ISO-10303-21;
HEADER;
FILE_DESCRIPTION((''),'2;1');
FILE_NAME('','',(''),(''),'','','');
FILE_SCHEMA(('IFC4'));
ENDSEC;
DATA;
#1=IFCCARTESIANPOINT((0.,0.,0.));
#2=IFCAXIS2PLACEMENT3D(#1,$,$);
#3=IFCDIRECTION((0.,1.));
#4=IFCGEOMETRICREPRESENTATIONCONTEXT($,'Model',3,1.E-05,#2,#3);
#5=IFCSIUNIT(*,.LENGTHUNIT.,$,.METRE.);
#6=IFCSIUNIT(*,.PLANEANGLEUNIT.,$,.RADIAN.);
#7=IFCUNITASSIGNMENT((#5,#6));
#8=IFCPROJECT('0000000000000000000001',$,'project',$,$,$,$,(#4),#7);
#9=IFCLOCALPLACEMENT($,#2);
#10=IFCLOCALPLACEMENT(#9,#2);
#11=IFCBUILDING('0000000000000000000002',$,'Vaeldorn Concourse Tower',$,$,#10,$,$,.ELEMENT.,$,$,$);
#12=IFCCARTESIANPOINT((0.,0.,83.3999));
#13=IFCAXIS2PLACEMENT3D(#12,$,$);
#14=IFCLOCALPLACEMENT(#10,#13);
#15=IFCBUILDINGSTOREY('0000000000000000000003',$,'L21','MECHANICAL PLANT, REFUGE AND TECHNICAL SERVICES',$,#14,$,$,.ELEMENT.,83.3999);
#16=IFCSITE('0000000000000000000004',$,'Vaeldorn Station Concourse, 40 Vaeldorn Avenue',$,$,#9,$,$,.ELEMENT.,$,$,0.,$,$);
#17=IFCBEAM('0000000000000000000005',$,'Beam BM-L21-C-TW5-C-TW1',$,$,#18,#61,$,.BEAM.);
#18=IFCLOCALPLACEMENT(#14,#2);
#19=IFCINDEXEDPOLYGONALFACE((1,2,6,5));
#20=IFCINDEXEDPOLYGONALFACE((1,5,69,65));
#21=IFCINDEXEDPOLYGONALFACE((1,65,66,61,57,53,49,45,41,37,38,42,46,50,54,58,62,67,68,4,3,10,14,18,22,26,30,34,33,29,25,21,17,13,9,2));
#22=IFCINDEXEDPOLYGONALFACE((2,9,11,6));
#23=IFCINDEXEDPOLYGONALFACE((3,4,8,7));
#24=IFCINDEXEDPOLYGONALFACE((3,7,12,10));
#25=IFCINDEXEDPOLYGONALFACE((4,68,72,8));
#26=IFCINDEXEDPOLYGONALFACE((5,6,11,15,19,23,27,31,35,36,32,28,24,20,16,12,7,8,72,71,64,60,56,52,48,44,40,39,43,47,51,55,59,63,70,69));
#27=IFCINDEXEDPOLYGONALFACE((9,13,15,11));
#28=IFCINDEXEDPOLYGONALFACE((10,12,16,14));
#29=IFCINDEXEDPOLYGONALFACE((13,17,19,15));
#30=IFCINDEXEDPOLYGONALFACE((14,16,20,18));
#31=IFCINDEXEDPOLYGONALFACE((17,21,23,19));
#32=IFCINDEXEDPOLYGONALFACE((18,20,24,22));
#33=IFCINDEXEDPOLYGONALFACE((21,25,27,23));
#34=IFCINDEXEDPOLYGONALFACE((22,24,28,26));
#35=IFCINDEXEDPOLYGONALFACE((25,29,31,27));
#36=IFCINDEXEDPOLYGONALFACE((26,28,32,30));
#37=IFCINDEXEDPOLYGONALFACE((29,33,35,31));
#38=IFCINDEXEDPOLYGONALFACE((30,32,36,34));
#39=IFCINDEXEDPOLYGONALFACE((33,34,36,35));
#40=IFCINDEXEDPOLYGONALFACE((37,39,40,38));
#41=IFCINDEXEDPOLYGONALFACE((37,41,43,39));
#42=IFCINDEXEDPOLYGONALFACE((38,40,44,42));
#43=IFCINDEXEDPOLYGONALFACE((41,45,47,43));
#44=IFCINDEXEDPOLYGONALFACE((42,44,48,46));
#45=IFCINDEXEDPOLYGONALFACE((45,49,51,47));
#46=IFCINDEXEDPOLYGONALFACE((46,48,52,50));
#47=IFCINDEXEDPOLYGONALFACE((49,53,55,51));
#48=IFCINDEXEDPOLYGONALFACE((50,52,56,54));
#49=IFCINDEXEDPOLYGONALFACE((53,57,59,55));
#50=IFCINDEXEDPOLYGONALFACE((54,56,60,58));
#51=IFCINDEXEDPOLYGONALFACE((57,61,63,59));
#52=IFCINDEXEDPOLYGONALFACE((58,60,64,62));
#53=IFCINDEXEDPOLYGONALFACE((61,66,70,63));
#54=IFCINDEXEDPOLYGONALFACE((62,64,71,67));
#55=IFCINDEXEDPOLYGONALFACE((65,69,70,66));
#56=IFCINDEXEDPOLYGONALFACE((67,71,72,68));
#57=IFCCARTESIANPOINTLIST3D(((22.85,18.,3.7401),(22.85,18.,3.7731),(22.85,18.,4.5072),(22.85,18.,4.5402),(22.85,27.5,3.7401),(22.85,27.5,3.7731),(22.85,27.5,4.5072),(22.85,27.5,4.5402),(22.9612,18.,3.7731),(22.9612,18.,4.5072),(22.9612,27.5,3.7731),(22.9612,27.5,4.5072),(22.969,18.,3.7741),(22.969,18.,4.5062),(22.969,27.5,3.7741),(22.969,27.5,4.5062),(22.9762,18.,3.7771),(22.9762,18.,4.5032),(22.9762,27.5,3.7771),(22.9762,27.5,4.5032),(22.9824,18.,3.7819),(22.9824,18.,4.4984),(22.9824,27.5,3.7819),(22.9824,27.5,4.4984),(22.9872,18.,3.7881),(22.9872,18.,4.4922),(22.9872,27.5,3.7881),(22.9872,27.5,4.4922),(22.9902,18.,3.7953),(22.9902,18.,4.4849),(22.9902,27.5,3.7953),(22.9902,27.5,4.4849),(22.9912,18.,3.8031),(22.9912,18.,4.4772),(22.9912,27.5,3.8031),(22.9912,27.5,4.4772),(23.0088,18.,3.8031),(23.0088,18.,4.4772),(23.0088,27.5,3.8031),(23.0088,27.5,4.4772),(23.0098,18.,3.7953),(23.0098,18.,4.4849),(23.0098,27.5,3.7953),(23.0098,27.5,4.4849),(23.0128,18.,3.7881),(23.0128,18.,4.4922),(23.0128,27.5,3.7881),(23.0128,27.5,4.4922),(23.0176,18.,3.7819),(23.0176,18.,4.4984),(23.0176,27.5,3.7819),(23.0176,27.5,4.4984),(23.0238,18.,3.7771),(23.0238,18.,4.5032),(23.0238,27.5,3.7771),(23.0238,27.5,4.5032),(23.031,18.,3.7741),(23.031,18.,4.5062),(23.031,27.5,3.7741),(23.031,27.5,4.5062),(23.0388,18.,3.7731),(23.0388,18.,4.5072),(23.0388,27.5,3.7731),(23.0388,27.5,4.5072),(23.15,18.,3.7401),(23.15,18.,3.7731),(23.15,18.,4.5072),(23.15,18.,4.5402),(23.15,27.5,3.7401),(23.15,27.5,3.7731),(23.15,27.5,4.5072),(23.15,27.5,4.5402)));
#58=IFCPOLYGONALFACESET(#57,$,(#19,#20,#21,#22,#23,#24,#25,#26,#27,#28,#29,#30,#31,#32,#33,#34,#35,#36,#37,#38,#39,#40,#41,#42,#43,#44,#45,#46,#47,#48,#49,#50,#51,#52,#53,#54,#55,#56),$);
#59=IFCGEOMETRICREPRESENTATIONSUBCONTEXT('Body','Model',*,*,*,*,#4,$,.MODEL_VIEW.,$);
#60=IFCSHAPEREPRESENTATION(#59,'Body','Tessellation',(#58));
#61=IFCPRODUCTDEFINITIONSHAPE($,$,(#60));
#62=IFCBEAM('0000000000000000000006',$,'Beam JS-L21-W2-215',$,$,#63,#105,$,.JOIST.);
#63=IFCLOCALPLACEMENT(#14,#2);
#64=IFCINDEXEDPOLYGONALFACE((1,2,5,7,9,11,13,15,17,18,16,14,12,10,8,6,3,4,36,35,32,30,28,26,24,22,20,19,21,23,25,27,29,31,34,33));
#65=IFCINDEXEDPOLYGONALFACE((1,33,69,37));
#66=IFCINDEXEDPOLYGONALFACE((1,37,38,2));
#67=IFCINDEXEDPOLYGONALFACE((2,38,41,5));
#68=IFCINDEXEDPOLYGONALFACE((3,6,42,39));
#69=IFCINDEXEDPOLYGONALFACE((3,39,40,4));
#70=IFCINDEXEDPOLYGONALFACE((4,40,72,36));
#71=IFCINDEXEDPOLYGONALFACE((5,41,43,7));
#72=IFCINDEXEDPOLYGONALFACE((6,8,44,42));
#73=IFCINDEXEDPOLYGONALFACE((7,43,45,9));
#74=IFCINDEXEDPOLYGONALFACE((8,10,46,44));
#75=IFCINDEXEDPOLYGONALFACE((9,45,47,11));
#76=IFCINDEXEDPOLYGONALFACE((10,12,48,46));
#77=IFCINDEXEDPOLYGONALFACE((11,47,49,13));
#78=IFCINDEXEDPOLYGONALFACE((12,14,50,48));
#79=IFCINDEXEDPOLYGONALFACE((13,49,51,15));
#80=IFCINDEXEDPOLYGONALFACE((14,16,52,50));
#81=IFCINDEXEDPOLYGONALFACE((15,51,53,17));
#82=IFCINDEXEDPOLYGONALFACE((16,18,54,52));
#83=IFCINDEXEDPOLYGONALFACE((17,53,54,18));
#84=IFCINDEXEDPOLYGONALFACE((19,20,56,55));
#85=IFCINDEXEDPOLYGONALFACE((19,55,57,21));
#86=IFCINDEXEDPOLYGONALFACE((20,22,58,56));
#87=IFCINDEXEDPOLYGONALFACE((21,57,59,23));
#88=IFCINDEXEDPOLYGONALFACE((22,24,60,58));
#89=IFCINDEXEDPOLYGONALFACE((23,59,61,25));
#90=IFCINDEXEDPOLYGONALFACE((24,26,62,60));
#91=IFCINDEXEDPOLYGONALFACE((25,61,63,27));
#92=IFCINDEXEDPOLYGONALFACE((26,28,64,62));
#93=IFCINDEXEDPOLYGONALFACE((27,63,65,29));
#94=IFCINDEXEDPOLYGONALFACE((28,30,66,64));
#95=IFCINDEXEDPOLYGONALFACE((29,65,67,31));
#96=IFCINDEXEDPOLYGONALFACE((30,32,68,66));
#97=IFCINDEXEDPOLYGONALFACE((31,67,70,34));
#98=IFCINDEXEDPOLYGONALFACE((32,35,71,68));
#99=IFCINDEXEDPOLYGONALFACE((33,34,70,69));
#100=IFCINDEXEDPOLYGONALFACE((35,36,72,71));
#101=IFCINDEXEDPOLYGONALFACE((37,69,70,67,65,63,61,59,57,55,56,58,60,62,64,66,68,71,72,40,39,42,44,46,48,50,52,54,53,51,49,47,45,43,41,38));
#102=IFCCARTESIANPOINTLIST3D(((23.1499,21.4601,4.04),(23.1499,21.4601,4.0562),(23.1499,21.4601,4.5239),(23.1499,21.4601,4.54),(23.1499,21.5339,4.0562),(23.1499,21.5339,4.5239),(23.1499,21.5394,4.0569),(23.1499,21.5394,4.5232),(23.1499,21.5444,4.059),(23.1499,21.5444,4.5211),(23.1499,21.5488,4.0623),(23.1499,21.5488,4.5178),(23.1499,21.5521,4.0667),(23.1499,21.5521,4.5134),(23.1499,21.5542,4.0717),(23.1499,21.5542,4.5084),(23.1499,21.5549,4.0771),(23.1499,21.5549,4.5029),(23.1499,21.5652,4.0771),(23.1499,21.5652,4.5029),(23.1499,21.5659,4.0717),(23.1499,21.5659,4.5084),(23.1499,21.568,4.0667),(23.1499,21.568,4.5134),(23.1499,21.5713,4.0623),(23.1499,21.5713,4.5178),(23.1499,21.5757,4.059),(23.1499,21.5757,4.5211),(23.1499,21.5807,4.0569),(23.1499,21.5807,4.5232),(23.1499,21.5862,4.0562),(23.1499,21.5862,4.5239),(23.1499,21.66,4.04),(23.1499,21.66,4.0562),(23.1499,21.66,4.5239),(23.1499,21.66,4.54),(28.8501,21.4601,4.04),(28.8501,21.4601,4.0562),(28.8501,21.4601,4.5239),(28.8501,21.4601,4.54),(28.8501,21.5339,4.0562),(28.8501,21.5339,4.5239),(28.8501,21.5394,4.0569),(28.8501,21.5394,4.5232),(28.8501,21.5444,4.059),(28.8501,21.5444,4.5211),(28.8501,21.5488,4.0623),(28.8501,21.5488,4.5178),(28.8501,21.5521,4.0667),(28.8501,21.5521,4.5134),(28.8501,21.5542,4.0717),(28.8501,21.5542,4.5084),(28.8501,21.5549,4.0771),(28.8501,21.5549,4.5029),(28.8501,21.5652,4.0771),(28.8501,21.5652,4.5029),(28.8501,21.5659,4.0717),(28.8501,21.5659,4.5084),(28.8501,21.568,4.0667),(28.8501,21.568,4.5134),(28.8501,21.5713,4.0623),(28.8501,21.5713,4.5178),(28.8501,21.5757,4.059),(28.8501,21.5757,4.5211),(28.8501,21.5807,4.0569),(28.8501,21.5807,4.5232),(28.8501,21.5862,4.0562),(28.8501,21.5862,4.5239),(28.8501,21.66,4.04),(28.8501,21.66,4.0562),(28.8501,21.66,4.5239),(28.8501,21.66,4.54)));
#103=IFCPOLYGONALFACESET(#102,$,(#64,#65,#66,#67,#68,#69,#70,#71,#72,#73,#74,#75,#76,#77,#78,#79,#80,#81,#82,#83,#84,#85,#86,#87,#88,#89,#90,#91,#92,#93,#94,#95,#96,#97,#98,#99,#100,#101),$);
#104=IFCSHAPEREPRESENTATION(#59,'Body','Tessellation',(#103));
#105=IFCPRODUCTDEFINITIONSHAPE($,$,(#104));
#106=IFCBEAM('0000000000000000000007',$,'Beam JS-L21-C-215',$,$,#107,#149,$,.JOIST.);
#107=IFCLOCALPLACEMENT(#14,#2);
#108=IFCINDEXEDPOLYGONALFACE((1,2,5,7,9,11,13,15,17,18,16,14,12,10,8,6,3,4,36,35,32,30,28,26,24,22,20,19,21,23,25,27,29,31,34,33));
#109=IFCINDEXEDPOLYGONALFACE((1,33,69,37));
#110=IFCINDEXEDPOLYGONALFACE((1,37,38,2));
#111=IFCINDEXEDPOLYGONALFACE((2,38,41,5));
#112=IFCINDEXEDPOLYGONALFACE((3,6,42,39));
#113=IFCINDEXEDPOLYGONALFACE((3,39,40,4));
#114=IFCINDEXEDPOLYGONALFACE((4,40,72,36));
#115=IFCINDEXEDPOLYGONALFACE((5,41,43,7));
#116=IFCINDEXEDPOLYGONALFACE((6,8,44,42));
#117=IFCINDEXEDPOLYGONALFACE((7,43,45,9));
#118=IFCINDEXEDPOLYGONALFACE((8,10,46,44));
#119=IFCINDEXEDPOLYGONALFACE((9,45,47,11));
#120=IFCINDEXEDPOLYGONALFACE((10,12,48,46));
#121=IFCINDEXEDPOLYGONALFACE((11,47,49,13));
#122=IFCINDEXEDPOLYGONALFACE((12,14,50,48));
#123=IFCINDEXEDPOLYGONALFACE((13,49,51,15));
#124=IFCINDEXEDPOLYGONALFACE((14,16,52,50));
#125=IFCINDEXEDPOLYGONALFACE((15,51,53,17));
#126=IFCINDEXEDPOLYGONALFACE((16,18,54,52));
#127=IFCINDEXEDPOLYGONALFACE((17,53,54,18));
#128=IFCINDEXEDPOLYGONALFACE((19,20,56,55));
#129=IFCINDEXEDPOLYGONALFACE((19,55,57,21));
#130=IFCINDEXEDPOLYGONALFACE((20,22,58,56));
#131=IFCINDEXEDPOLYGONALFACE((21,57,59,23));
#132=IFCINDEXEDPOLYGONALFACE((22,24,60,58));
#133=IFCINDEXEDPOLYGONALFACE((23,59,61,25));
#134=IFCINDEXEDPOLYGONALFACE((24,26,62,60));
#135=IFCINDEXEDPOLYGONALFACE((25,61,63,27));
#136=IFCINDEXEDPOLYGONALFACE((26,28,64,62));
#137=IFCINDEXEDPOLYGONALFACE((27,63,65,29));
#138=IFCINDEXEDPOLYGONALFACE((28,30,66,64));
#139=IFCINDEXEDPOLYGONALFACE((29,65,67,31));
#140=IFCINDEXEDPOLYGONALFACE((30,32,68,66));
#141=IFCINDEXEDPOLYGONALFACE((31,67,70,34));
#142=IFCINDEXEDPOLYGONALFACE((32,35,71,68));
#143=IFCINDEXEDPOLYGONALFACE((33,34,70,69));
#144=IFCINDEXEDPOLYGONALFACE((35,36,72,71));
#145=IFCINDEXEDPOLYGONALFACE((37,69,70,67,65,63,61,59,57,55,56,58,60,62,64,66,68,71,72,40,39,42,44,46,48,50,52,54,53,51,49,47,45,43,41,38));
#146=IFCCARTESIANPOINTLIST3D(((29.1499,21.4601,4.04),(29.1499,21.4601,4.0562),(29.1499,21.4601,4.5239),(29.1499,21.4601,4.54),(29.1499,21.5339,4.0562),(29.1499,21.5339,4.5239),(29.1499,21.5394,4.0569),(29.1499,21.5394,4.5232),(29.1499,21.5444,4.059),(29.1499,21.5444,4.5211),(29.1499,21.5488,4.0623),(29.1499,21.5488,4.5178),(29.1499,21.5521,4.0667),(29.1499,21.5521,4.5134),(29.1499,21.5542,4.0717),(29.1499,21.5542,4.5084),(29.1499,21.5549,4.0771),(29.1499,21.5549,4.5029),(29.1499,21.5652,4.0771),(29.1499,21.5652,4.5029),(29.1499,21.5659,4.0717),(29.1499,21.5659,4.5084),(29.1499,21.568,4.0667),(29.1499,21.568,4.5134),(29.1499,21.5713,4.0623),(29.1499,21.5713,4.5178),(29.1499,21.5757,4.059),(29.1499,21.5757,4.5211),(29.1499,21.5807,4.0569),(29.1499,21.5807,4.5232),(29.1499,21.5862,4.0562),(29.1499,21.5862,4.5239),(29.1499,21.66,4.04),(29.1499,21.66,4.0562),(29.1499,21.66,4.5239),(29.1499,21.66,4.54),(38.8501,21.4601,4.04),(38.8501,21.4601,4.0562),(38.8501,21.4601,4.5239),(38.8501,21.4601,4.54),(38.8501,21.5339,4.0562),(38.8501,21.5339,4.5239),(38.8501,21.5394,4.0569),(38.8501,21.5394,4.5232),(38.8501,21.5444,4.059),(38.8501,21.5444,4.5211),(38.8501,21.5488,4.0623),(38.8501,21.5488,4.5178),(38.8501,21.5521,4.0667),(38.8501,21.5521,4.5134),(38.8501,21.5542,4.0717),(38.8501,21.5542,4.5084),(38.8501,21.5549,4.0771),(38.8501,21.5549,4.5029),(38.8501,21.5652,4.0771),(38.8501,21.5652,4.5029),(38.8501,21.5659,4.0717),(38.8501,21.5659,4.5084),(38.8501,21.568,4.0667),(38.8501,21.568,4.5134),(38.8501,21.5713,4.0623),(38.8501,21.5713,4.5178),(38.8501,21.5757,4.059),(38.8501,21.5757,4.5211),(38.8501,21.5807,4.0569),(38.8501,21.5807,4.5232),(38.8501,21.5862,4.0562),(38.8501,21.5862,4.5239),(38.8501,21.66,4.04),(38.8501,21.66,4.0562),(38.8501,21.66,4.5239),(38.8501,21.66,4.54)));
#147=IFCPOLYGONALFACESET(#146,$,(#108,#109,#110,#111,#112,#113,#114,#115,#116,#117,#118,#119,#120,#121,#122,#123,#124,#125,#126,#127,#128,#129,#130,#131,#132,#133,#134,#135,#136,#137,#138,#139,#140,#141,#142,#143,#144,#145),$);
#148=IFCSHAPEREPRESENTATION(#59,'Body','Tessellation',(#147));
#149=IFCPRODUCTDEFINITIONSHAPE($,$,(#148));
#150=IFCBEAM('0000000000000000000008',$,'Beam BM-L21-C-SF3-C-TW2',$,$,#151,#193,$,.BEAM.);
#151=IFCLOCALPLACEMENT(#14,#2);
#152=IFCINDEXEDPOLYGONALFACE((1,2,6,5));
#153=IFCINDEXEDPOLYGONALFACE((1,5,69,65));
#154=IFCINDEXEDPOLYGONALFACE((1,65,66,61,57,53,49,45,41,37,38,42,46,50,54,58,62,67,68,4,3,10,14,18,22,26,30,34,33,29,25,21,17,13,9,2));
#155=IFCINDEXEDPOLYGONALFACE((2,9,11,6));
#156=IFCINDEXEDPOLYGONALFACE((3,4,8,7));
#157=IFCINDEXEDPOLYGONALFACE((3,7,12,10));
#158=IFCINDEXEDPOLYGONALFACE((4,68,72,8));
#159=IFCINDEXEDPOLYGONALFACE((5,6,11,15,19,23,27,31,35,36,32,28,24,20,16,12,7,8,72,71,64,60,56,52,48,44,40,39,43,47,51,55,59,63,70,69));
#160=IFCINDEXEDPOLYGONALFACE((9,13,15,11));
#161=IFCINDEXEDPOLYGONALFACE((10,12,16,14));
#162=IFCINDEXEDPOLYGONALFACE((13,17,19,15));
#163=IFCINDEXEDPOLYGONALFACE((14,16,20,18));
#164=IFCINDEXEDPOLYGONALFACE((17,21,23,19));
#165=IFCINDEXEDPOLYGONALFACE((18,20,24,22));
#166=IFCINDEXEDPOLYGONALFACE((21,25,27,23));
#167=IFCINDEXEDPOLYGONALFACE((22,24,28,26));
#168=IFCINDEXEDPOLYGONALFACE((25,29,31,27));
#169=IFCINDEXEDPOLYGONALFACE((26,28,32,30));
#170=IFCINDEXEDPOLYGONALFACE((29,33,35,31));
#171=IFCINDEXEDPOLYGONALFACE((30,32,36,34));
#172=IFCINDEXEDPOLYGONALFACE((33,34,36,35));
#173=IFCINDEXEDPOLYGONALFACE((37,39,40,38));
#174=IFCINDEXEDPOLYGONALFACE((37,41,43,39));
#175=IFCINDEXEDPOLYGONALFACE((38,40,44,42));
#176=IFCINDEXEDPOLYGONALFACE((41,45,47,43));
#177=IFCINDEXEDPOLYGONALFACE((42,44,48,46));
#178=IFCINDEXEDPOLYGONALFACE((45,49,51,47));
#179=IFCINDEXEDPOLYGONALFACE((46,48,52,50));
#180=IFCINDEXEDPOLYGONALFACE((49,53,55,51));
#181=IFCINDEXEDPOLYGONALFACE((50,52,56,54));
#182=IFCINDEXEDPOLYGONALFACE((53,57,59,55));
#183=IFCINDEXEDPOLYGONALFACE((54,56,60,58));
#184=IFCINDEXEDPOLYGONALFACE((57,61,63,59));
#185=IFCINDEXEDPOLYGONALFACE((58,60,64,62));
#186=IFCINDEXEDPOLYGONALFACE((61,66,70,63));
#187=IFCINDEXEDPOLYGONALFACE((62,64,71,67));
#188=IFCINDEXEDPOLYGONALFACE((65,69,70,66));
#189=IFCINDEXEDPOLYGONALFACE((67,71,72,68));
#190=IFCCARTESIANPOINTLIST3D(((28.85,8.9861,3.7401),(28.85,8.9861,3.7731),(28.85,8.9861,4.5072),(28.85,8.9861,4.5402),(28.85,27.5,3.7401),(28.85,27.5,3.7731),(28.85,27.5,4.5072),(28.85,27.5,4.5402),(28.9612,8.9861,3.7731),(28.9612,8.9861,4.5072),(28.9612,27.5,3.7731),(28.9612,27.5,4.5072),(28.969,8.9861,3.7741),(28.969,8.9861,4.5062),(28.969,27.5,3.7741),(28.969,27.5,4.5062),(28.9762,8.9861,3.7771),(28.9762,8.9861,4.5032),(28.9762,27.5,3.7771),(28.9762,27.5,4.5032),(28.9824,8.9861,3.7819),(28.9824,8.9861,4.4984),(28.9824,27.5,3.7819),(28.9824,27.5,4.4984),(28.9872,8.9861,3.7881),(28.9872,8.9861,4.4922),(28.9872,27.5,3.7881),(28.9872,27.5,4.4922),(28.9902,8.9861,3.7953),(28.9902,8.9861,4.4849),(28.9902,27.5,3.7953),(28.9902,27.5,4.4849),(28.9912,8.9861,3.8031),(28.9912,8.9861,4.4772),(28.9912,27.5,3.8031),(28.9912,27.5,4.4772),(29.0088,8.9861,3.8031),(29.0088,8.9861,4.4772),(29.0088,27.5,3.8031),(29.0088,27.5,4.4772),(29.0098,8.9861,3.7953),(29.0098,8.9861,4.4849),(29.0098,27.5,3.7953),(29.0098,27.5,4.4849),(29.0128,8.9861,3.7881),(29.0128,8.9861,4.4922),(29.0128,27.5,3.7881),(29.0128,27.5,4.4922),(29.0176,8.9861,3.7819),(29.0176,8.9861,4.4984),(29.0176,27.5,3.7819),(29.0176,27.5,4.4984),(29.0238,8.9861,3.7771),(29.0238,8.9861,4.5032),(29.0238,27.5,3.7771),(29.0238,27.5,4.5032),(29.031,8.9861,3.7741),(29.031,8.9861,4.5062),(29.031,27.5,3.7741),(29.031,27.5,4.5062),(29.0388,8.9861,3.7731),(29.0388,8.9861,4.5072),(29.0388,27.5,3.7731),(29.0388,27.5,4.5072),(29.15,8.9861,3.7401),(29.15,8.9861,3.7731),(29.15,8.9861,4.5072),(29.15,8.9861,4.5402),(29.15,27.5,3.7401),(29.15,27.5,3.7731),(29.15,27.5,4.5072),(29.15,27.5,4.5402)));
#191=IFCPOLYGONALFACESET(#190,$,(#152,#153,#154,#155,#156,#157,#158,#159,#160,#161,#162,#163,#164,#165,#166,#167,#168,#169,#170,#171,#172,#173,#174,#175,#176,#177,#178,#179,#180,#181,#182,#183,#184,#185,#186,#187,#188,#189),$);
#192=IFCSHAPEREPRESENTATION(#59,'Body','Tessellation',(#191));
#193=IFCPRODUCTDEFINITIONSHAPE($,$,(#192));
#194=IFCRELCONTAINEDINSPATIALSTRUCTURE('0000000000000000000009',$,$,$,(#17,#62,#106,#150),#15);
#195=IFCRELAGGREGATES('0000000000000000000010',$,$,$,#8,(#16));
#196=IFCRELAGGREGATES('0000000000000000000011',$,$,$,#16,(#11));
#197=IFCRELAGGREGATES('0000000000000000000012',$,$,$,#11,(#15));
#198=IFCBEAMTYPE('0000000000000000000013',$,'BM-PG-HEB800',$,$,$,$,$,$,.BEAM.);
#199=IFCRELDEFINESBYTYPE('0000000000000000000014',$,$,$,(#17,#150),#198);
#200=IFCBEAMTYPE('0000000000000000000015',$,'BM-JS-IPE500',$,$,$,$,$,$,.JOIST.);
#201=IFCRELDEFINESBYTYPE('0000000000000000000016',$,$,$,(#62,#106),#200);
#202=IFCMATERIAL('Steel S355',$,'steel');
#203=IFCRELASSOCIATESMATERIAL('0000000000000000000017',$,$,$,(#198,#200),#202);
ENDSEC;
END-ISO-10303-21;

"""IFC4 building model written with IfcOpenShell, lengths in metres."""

from ifc_helpers import new_model, si_unit, direction, frame, origin, origin_2d, place, context, subcontext, project, spatial, i_section, extrude, source, transform, mapped, material, material_profile, profile_set, type_object, element, save


model = new_model("IFC4")

# Units and contexts
model_context = context("Model", 3, precision=1e-05, world=origin(), true_north=direction((0.0, 1.0)))
body_context = subcontext(model_context, "Body", "Model", "MODEL_VIEW")
ifc_project = project(units=[si_unit("LENGTHUNIT", "METRE"), si_unit("PLANEANGLEUNIT", "RADIAN")], contexts=[model_context])

# Site, building, storey
site_placement = place(None, origin())
site = spatial("IfcSite", under=ifc_project, at=site_placement, Name="Vaeldorn Station Concourse, 40 Vaeldorn Avenue", CompositionType="ELEMENT", RefElevation=0.0)
building_placement = place(site_placement, origin())
building = spatial("IfcBuilding", under=site, at=building_placement, Name="Vaeldorn Concourse Tower", CompositionType="ELEMENT")
storey_placement = place(building_placement, frame((0.0, 0.0, 83.3999)))
storey = spatial("IfcBuildingStorey", under=building, at=storey_placement, Name="L21", Description="MECHANICAL PLANT, REFUGE AND TECHNICAL SERVICES", CompositionType="ELEMENT", Elevation=83.3999)

# Beams
ifc_material_1 = material(Name="Steel S355", Category="steel")
ifc_material_profile_1 = material_profile(ifc_material_1, i_section(OverallWidth=0.3, OverallDepth=0.8, WebThickness=0.0176, FlangeThickness=0.033, FilletRadius=0.03, at=origin_2d()), Name="HEB 800")
ifc_profile_set_1 = profile_set([ifc_material_profile_1], Name="Steel S355")
beam_type_1 = type_object("IfcBeamType", Name="BM-PG-HEB800", PredefinedType="BEAM", material=ifc_profile_set_1)
shared_shape_1 = source(origin(), body_context, "Body", "SweptSolid", [
    extrude(i_section(OverallWidth=0.3, OverallDepth=0.8, WebThickness=0.0176, FlangeThickness=0.033, FilletRadius=0.03, at=origin_2d()), origin(), (0.0, 0.0, 1.0), 9.5),
])
beam_1_placement = place(storey_placement, frame((23.0, 18.0, 4.1401), z_axis=(0.0, 1.0, 0.0), x_axis=(-1.0, 0.0, 0.0)))
element("IfcBeam", 1, at=beam_1_placement, inside=storey, type_object=beam_type_1, Name="Beam BM-L21-C-TW5-C-TW1", PredefinedType="BEAM", context=body_context, shape_type="MappedRepresentation", body=[
    mapped(shared_shape_1, transform((0.0, 0.0, 0.0), scale=1.0)),
])
ifc_material_profile_2 = material_profile(ifc_material_1, i_section(OverallWidth=0.2, OverallDepth=0.5, WebThickness=0.0103, FlangeThickness=0.0161, FilletRadius=0.021, at=origin_2d()), Name="IPE 500")
ifc_profile_set_2 = profile_set([ifc_material_profile_2], Name="Steel S355")
beam_type_2 = type_object("IfcBeamType", Name="BM-JS-IPE500", PredefinedType="JOIST", material=ifc_profile_set_2)
shared_shape_2 = source(origin(), body_context, "Body", "SweptSolid", [
    extrude(i_section(OverallWidth=0.2, OverallDepth=0.5, WebThickness=0.0103, FlangeThickness=0.0161, FilletRadius=0.021, at=origin_2d()), origin(), (0.0, 0.0, 1.0), 5.7002),
])
beam_2_placement = place(storey_placement, frame((23.1499, 21.5601, 4.29), z_axis=(1.0, 0.0, 0.0), x_axis=(0.0, 1.0, 0.0)))
element("IfcBeam", 2, at=beam_2_placement, inside=storey, type_object=beam_type_2, Name="Beam JS-L21-W2-215", PredefinedType="JOIST", context=body_context, shape_type="MappedRepresentation", body=[
    mapped(shared_shape_2, transform((0.0, 0.0, 0.0), scale=1.0)),
])
shared_shape_3 = source(origin(), body_context, "Body", "SweptSolid", [
    extrude(i_section(OverallWidth=0.2, OverallDepth=0.5, WebThickness=0.0103, FlangeThickness=0.0161, FilletRadius=0.021, at=origin_2d()), origin(), (0.0, 0.0, 1.0), 9.7002),
])
beam_3_placement = place(storey_placement, frame((29.1499, 21.5601, 4.29), z_axis=(1.0, 0.0, 0.0), x_axis=(0.0, 1.0, 0.0)))
element("IfcBeam", 3, at=beam_3_placement, inside=storey, type_object=beam_type_2, Name="Beam JS-L21-C-215", PredefinedType="JOIST", context=body_context, shape_type="MappedRepresentation", body=[
    mapped(shared_shape_3, transform((0.0, 0.0, 0.0), scale=1.0)),
])
shared_shape_4 = source(origin(), body_context, "Body", "SweptSolid", [
    extrude(i_section(OverallWidth=0.3, OverallDepth=0.8, WebThickness=0.0176, FlangeThickness=0.033, FilletRadius=0.03, at=origin_2d()), origin(), (0.0, 0.0, 1.0), 18.5139),
])
beam_4_placement = place(storey_placement, frame((29.0, 8.9861, 4.1401), z_axis=(0.0, 1.0, 0.0), x_axis=(-1.0, 0.0, 0.0)))
element("IfcBeam", 4, at=beam_4_placement, inside=storey, type_object=beam_type_1, Name="Beam BM-L21-C-SF3-C-TW2", PredefinedType="BEAM", context=body_context, shape_type="MappedRepresentation", body=[
    mapped(shared_shape_4, transform((0.0, 0.0, 0.0), scale=1.0)),
])

save(model, "model.ifc")
